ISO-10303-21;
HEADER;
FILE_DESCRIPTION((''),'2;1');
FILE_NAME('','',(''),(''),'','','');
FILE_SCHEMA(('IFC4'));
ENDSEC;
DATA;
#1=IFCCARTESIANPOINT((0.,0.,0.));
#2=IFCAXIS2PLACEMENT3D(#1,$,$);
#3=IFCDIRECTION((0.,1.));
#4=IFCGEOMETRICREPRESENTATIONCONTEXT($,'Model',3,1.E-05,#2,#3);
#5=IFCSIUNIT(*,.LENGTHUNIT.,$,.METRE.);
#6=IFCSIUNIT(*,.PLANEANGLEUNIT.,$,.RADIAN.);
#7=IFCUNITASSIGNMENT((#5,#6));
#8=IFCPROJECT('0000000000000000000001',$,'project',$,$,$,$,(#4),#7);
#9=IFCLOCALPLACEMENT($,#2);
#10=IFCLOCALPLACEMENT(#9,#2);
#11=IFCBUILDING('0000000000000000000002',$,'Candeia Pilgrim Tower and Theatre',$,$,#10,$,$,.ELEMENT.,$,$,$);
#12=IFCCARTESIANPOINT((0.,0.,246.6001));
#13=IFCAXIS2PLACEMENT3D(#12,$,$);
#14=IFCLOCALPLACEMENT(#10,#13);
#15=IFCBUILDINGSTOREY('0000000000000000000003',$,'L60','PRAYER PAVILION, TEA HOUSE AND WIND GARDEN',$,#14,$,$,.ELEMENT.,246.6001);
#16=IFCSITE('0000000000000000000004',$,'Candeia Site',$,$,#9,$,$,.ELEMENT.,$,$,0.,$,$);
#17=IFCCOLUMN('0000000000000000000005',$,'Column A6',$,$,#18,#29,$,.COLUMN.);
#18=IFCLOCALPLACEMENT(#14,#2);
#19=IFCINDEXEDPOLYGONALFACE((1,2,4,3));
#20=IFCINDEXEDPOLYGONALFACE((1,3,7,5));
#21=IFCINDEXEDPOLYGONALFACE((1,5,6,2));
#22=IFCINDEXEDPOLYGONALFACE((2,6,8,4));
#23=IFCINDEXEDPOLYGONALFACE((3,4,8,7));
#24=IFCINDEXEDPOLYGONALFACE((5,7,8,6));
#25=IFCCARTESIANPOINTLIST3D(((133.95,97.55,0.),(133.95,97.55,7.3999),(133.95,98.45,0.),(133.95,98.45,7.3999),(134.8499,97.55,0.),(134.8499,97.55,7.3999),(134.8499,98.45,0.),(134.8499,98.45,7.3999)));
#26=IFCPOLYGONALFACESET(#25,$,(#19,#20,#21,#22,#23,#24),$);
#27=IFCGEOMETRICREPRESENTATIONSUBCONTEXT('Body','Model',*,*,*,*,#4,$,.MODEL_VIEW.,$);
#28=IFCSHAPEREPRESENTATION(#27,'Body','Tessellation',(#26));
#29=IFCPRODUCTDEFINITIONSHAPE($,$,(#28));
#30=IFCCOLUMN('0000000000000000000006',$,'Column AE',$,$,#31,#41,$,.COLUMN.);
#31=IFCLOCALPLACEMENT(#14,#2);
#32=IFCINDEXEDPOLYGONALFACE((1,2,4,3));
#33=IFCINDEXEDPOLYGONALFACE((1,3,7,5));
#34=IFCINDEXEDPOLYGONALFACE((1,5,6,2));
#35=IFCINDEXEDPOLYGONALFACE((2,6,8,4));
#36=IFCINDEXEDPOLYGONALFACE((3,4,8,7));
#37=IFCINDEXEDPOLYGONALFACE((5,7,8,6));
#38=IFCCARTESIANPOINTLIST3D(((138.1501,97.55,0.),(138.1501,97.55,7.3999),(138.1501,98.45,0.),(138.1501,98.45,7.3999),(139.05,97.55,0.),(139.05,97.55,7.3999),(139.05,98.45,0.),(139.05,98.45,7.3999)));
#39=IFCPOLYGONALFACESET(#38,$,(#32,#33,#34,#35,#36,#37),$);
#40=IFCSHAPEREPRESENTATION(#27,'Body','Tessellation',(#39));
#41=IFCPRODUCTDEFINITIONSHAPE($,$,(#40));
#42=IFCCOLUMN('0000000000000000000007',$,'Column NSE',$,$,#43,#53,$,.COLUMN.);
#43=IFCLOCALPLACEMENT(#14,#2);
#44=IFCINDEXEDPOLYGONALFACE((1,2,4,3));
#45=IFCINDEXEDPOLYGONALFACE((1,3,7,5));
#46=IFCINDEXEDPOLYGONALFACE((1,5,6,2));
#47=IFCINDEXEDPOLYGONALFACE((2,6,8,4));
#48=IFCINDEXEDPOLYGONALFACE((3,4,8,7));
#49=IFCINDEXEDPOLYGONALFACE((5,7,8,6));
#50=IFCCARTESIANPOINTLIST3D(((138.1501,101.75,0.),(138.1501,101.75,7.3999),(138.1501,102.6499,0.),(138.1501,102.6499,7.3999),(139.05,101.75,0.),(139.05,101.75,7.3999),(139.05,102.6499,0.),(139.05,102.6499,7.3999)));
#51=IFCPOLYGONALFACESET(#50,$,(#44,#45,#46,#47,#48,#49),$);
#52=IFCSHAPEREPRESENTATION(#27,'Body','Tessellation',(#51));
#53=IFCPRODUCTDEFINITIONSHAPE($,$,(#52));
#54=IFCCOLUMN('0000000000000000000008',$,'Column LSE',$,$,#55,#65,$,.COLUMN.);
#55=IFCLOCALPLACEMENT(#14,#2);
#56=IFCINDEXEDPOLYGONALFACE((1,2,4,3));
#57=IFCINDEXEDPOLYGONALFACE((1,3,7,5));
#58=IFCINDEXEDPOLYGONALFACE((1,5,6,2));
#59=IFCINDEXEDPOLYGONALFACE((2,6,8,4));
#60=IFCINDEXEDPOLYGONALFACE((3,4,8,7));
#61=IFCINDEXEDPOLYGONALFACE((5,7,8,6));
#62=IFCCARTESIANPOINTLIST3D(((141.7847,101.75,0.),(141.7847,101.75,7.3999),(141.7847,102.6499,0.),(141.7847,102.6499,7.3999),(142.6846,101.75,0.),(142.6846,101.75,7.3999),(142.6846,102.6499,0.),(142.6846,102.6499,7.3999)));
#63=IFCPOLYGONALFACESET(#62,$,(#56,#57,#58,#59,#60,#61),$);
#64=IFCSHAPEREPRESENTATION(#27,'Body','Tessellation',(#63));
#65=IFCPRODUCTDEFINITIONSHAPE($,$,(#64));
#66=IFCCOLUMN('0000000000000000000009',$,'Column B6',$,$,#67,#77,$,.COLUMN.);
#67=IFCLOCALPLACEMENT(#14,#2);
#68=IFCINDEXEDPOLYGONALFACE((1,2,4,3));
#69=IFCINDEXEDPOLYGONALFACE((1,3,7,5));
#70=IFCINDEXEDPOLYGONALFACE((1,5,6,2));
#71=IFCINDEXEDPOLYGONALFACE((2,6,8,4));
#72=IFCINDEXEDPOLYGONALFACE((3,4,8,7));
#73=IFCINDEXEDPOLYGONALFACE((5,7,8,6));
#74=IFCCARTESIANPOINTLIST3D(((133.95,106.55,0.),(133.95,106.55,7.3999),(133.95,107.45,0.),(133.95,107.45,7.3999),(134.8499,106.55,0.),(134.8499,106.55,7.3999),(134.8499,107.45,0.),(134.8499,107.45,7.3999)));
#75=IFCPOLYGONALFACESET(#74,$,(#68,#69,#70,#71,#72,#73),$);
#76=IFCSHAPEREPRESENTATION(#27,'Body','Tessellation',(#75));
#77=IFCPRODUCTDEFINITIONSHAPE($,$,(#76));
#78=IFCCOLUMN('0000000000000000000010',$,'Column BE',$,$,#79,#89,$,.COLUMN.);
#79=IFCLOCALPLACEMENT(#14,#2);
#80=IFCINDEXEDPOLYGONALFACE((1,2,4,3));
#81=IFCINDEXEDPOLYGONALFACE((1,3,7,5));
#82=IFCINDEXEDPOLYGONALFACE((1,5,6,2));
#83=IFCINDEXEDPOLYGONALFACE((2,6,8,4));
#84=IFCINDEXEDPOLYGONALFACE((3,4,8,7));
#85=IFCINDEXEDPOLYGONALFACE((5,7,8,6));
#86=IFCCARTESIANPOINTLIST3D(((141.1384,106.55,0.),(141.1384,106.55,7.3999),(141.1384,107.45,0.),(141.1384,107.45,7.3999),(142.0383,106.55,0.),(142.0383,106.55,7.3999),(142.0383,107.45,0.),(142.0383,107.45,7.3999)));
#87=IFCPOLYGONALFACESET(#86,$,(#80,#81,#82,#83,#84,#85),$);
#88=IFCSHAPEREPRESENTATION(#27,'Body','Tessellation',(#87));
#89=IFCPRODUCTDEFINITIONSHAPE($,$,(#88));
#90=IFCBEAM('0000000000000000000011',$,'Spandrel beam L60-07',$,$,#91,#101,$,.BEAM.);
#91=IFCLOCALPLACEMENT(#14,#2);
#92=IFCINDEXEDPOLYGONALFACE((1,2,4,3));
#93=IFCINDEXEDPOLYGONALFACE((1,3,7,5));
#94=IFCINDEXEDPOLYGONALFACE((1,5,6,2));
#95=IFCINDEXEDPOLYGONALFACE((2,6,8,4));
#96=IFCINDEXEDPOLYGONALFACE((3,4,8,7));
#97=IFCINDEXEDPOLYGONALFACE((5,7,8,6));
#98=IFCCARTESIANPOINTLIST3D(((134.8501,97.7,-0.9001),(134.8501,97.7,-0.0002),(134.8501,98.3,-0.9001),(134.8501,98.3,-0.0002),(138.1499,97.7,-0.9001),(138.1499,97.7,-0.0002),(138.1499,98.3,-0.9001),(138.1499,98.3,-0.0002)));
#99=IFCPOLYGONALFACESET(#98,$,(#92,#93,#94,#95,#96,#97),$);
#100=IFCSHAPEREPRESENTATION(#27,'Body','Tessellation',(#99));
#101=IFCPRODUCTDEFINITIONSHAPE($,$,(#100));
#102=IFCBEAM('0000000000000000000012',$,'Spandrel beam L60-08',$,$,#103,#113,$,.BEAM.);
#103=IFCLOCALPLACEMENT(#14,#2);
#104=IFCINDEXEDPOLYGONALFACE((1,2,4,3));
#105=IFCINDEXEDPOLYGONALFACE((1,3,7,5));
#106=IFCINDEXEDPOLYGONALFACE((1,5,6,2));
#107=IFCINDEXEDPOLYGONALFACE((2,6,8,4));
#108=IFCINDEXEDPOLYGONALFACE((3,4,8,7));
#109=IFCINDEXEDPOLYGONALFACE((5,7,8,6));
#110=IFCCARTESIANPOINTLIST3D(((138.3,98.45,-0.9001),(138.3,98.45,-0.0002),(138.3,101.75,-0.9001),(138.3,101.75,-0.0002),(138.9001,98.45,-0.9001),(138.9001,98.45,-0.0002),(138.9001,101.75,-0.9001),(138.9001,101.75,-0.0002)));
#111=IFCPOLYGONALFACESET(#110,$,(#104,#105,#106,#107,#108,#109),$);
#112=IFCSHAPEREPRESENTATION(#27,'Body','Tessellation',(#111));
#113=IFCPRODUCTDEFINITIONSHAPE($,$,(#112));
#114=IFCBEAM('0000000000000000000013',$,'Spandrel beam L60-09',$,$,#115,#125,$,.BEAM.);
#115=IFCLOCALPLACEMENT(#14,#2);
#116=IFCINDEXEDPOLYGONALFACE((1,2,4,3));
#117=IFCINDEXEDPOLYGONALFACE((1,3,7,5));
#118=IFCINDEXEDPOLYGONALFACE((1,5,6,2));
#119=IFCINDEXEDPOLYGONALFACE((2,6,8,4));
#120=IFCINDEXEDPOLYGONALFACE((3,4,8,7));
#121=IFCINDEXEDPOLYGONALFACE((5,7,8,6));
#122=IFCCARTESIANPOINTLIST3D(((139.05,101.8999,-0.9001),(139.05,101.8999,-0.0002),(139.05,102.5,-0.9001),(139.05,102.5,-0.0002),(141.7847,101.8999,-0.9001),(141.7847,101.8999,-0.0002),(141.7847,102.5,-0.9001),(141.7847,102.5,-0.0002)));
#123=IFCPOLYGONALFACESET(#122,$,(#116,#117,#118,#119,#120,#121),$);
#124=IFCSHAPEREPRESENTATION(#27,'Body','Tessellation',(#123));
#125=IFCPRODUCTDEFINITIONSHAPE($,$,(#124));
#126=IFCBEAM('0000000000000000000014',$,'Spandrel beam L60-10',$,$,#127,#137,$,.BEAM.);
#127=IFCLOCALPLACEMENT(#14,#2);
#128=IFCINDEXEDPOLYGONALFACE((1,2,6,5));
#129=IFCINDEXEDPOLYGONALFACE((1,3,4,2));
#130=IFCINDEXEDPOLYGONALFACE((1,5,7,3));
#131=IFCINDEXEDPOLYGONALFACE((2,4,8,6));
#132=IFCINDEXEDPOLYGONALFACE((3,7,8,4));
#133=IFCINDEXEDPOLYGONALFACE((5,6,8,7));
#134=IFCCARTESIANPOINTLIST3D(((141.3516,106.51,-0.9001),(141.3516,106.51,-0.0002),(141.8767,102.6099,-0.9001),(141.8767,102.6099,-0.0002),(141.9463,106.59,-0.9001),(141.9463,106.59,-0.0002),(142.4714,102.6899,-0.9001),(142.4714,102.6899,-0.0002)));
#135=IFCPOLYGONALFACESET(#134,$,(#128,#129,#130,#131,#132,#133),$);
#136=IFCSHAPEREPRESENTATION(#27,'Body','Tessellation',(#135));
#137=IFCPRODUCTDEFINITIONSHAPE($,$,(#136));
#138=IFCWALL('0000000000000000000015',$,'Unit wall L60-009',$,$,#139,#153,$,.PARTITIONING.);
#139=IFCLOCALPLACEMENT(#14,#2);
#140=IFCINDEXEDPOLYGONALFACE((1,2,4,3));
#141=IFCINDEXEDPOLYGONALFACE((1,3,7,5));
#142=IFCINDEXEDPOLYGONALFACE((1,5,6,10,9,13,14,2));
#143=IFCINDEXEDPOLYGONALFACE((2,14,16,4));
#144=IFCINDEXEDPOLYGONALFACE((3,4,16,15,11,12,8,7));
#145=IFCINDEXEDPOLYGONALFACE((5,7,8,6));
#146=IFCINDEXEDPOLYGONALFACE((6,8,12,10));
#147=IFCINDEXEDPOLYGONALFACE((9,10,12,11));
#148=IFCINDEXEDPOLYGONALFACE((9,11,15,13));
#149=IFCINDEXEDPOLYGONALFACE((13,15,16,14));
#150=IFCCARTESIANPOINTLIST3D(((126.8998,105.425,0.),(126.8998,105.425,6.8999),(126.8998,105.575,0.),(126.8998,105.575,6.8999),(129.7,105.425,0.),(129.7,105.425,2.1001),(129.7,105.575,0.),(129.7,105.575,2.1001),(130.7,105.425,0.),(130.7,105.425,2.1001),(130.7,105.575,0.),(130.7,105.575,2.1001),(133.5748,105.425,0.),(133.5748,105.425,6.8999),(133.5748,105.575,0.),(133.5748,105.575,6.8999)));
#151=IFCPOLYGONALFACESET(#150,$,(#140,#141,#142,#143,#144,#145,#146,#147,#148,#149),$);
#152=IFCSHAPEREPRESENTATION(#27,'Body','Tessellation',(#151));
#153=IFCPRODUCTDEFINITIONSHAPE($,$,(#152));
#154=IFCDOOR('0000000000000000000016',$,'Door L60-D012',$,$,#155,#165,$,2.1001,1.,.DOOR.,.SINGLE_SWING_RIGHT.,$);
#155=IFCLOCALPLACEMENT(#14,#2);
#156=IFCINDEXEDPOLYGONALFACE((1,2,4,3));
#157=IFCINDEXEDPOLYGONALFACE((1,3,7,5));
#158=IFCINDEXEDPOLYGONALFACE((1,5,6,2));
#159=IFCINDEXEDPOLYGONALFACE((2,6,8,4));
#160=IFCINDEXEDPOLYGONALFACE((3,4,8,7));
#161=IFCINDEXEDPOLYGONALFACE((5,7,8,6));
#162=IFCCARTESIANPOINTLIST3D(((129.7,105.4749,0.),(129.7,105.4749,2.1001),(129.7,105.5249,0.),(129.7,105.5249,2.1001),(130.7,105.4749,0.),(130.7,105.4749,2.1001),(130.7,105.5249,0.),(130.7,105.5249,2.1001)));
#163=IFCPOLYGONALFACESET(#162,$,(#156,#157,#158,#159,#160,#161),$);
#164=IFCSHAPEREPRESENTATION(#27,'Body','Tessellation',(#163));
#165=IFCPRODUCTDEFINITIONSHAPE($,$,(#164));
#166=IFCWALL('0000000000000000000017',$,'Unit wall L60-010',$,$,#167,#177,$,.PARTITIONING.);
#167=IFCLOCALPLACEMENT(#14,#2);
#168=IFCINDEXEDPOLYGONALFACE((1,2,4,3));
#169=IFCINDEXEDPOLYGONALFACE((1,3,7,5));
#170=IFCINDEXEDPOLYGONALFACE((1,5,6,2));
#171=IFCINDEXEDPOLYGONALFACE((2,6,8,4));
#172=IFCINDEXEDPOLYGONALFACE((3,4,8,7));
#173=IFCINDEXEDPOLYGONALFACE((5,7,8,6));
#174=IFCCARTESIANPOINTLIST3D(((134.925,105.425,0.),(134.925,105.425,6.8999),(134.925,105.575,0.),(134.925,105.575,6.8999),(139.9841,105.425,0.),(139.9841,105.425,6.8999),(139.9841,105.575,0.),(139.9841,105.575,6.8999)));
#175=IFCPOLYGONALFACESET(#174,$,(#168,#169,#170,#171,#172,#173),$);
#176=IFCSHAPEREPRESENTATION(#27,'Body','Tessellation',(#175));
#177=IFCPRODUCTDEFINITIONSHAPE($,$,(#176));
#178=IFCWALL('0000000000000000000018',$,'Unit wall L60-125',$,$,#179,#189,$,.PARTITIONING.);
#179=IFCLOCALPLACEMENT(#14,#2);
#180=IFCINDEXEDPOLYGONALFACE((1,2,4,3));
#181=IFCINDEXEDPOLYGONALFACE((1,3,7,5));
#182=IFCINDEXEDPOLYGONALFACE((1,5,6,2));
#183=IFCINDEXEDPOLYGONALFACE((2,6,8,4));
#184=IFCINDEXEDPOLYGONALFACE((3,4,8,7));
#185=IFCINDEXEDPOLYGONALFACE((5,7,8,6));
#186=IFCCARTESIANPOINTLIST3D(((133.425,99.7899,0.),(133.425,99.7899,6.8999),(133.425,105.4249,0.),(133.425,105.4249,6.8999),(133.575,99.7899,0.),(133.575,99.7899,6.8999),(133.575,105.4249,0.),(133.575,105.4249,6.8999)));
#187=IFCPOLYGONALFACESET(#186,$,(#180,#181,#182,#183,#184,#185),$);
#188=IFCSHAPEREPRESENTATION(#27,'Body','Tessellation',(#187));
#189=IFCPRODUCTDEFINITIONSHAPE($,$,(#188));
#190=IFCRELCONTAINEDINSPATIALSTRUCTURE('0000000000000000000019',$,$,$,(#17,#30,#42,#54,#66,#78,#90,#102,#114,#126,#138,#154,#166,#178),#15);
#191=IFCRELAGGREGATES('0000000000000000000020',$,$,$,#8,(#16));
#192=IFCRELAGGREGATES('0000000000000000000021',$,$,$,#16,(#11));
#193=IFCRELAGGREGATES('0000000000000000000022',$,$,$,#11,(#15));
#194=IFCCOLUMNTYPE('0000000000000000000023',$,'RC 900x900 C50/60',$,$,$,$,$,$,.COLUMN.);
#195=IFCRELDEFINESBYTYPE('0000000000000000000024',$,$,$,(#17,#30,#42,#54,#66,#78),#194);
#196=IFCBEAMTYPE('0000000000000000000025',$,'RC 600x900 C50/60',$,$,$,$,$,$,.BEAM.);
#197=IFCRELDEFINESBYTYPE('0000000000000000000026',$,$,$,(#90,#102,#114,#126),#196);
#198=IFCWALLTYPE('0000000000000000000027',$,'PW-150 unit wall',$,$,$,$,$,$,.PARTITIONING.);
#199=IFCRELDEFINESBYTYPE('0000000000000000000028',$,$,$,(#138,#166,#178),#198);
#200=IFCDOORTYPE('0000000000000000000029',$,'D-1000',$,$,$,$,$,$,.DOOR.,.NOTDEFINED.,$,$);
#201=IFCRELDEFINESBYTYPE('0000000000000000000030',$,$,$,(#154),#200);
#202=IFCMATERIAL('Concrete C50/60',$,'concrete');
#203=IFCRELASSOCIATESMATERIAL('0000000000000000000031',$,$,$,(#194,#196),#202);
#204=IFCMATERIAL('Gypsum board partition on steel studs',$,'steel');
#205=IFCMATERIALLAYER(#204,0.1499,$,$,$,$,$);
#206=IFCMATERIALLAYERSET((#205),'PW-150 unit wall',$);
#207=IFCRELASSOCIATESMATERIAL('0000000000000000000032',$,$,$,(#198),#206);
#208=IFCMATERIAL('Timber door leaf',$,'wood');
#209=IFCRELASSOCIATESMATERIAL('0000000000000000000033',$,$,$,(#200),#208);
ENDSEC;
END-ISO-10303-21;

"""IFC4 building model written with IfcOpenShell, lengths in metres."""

from ifc_helpers import new_model, si_unit, direction, frame, frame_2d, origin, origin_2d, place, context, subcontext, project, spatial, rectangle, extrude, material, layer, layer_set, material_profile, profile_set, type_object, element, fill, save


model = new_model("IFC4")

# Units and contexts
model_context = context("Model", 3, precision=1e-05, world=origin(), true_north=direction((0.0, 1.0)))
body_context = subcontext(model_context, "Body", "Model", "MODEL_VIEW")
ifc_project = project(units=[si_unit("LENGTHUNIT", "METRE"), si_unit("PLANEANGLEUNIT", "RADIAN")], contexts=[model_context])

# Site, building, storey
site_placement = place(None, origin())
site = spatial("IfcSite", under=ifc_project, at=site_placement, Name="Candeia Site", CompositionType="ELEMENT", RefElevation=0.0)
building_placement = place(site_placement, origin())
building = spatial("IfcBuilding", under=site, at=building_placement, Name="Candeia Pilgrim Tower and Theatre", CompositionType="ELEMENT")
storey_placement = place(building_placement, frame((0.0, 0.0, 246.6001)))
storey = spatial("IfcBuildingStorey", under=building, at=storey_placement, Name="L60", Description="PRAYER PAVILION, TEA HOUSE AND WIND GARDEN", CompositionType="ELEMENT", Elevation=246.6001)

# Columns
ifc_material_1 = material(Name="Concrete C50/60", Category="concrete")
ifc_material_profile_1 = material_profile(ifc_material_1, rectangle(XDim=0.8999, YDim=0.8999, at=origin_2d()))
ifc_profile_set_1 = profile_set([ifc_material_profile_1], Name="Concrete C50/60")
column_type = type_object("IfcColumnType", Name="RC 900x900 C50/60", PredefinedType="COLUMN", material=ifc_profile_set_1)
for number, where, z_axis, x_axis, name in (
    (1, (134.3999, 98.0, 0.0), (0.0, 0.0, 1.0), (1.0, 0.0, 0.0), "Column A6"),
    (2, (138.6001, 98.0, 0.0), (0.0, 0.0, 1.0), (1.0, 0.0, 0.0), "Column AE"),
    (3, (138.6001, 102.2, 0.0), (0.0, 0.0, 1.0), (1.0, 0.0, 0.0), "Column NSE"),
    (4, (142.2346, 102.2, 0.0), (0.0, 0.0, 1.0), (1.0, 0.0, 0.0), "Column LSE"),
    (5, (134.3999, 107.0, 0.0), (0.0, 0.0, 1.0), (1.0, 0.0, 0.0), "Column B6"),
    (6, (141.5884, 107.0, 0.0), (0.0, 0.0, 1.0), (1.0, 0.0, 0.0), "Column BE"),
):
    element("IfcColumn", number, at=place(storey_placement, frame(where, z_axis=z_axis, x_axis=x_axis)), inside=storey, type_object=column_type, Name=name, PredefinedType="COLUMN", context=body_context, shape_type="SweptSolid", body=[
        extrude(rectangle(XDim=0.8999, YDim=0.8999, at=origin_2d()), origin(), (0.0, 0.0, 1.0), 7.3999),
    ])

# Beams
ifc_material_profile_2 = material_profile(ifc_material_1, rectangle(XDim=0.6001, YDim=0.8999, at=origin_2d()))
ifc_profile_set_2 = profile_set([ifc_material_profile_2], Name="Concrete C50/60")
beam_type = type_object("IfcBeamType", Name="RC 600x900 C50/60", PredefinedType="BEAM", material=ifc_profile_set_2)
beam_1_placement = place(storey_placement, frame((134.8501, 98.0, -0.4502), z_axis=(1.0, 0.0, 0.0), x_axis=(0.0, 1.0, 0.0)))
element("IfcBeam", 7, at=beam_1_placement, inside=storey, type_object=beam_type, Name="Spandrel beam L60-07", PredefinedType="BEAM", context=body_context, shape_type="SweptSolid", body=[
    extrude(rectangle(XDim=0.6001, YDim=0.8999, at=origin_2d()), origin(), (0.0, 0.0, 1.0), 3.2998),
])
beam_2_placement = place(storey_placement, frame((138.6001, 98.45, -0.4502), z_axis=(0.0, 1.0, 0.0), x_axis=(-1.0, 0.0, 0.0)))
element("IfcBeam", 8, at=beam_2_placement, inside=storey, type_object=beam_type, Name="Spandrel beam L60-08", PredefinedType="BEAM", context=body_context, shape_type="SweptSolid", body=[
    extrude(rectangle(XDim=0.6001, YDim=0.8999, at=origin_2d()), origin(), (0.0, 0.0, 1.0), 3.3),
])
beam_3_placement = place(storey_placement, frame((139.05, 102.2, -0.4502), z_axis=(1.0, 0.0, 0.0), x_axis=(0.0, 1.0, 0.0)))
element("IfcBeam", 9, at=beam_3_placement, inside=storey, type_object=beam_type, Name="Spandrel beam L60-09", PredefinedType="BEAM", context=body_context, shape_type="SweptSolid", body=[
    extrude(rectangle(XDim=0.6001, YDim=0.8999, at=origin_2d()), origin(), (0.0, 0.0, 1.0), 2.7346),
])
beam_4_placement = place(storey_placement, frame((142.1741, 102.6499, -0.4502), z_axis=(-0.133444, 0.991056, 0.0), x_axis=(-0.991056, -0.133444, 0.0)))
element("IfcBeam", 10, at=beam_4_placement, inside=storey, type_object=beam_type, Name="Spandrel beam L60-10", PredefinedType="BEAM", context=body_context, shape_type="SweptSolid", body=[
    extrude(rectangle(XDim=0.6001, YDim=0.8999, at=origin_2d()), origin(), (0.0, 0.0, 1.0), 3.9353),
])

# Wall, opening, door
ifc_material_2 = material(Name="Gypsum board partition on steel studs", Category="steel")
ifc_layer_1 = layer(ifc_material_2, 0.1499)
ifc_layer_set_1 = layer_set([ifc_layer_1], Name="PW-150 unit wall")
wall_type_1 = type_object("IfcWallType", Name="PW-150 unit wall", PredefinedType="PARTITIONING", material=ifc_layer_set_1)
wall_1_placement = place(storey_placement, frame((126.8999, 105.5, 0.0), z_axis=(0.0, 0.0, 1.0), x_axis=(1.0, 0.0, 0.0)))
wall_1 = element("IfcWall", 11, at=wall_1_placement, inside=storey, type_object=wall_type_1, Name="Unit wall L60-009", PredefinedType="PARTITIONING", context=body_context, shape_type="SweptSolid", body=[
    extrude(rectangle(XDim=6.675, YDim=0.1499, at=frame_2d((3.3374, 0.0))), origin(), (0.0, 0.0, 1.0), 6.8999),
])
opening_1_placement = place(wall_1_placement, frame((2.8, 0.0, 0.0)))
opening_1 = element("IfcOpeningElement", 12, at=opening_1_placement, cuts=wall_1, PredefinedType="OPENING", context=body_context, shape_type="SweptSolid", body=[
    extrude(rectangle(XDim=1.0, YDim=2.1001, at=frame_2d((0.5, 1.05))), frame((0.0, 0.085, 0.0), z_axis=(0.0, -1.0, 0.0), x_axis=(1.0, 0.0, 0.0)), (0.0, 0.0, 1.0), 0.1699),
])
ifc_material_3 = material(Name="Timber door leaf", Category="wood")
door_type = type_object("IfcDoorType", Name="D-1000", OperationType="NOTDEFINED", PredefinedType="DOOR", material=ifc_material_3)
door_1_placement = place(opening_1_placement, origin())
door_1 = element("IfcDoor", 13, at=door_1_placement, inside=storey, type_object=door_type, Name="Door L60-D012", OperationType="SINGLE_SWING_RIGHT", OverallHeight=2.1001, OverallWidth=1.0, PredefinedType="DOOR", context=body_context, shape_type="SweptSolid", body=[
    extrude(rectangle(XDim=1.0, YDim=2.1001, at=frame_2d((0.5, 1.05))), frame((0.0, 0.0249, 0.0), z_axis=(0.0, -1.0, 0.0), x_axis=(1.0, 0.0, 0.0)), (0.0, 0.0, 1.0), 0.05),
])
fill(opening_1, door_1)

# Walls
wall_2_placement = place(storey_placement, frame((134.925, 105.5, 0.0), z_axis=(0.0, 0.0, 1.0), x_axis=(1.0, 0.0, 0.0)))
element("IfcWall", 14, at=wall_2_placement, inside=storey, type_object=wall_type_1, Name="Unit wall L60-010", PredefinedType="PARTITIONING", context=body_context, shape_type="SweptSolid", body=[
    extrude(rectangle(XDim=5.0591, YDim=0.1499, at=frame_2d((2.5295, 0.0))), origin(), (0.0, 0.0, 1.0), 6.8999),
])
wall_3_placement = place(storey_placement, frame((133.5, 99.79, 0.0), z_axis=(0.0, 0.0, 1.0), x_axis=(0.0, 1.0, 0.0)))
element("IfcWall", 15, at=wall_3_placement, inside=storey, type_object=wall_type_1, Name="Unit wall L60-125", PredefinedType="PARTITIONING", context=body_context, shape_type="SweptSolid", body=[
    extrude(rectangle(XDim=5.635, YDim=0.1499, at=frame_2d((2.8174, 0.0))), origin(), (0.0, 0.0, 1.0), 6.8999),
])

save(model, "model.ifc")
